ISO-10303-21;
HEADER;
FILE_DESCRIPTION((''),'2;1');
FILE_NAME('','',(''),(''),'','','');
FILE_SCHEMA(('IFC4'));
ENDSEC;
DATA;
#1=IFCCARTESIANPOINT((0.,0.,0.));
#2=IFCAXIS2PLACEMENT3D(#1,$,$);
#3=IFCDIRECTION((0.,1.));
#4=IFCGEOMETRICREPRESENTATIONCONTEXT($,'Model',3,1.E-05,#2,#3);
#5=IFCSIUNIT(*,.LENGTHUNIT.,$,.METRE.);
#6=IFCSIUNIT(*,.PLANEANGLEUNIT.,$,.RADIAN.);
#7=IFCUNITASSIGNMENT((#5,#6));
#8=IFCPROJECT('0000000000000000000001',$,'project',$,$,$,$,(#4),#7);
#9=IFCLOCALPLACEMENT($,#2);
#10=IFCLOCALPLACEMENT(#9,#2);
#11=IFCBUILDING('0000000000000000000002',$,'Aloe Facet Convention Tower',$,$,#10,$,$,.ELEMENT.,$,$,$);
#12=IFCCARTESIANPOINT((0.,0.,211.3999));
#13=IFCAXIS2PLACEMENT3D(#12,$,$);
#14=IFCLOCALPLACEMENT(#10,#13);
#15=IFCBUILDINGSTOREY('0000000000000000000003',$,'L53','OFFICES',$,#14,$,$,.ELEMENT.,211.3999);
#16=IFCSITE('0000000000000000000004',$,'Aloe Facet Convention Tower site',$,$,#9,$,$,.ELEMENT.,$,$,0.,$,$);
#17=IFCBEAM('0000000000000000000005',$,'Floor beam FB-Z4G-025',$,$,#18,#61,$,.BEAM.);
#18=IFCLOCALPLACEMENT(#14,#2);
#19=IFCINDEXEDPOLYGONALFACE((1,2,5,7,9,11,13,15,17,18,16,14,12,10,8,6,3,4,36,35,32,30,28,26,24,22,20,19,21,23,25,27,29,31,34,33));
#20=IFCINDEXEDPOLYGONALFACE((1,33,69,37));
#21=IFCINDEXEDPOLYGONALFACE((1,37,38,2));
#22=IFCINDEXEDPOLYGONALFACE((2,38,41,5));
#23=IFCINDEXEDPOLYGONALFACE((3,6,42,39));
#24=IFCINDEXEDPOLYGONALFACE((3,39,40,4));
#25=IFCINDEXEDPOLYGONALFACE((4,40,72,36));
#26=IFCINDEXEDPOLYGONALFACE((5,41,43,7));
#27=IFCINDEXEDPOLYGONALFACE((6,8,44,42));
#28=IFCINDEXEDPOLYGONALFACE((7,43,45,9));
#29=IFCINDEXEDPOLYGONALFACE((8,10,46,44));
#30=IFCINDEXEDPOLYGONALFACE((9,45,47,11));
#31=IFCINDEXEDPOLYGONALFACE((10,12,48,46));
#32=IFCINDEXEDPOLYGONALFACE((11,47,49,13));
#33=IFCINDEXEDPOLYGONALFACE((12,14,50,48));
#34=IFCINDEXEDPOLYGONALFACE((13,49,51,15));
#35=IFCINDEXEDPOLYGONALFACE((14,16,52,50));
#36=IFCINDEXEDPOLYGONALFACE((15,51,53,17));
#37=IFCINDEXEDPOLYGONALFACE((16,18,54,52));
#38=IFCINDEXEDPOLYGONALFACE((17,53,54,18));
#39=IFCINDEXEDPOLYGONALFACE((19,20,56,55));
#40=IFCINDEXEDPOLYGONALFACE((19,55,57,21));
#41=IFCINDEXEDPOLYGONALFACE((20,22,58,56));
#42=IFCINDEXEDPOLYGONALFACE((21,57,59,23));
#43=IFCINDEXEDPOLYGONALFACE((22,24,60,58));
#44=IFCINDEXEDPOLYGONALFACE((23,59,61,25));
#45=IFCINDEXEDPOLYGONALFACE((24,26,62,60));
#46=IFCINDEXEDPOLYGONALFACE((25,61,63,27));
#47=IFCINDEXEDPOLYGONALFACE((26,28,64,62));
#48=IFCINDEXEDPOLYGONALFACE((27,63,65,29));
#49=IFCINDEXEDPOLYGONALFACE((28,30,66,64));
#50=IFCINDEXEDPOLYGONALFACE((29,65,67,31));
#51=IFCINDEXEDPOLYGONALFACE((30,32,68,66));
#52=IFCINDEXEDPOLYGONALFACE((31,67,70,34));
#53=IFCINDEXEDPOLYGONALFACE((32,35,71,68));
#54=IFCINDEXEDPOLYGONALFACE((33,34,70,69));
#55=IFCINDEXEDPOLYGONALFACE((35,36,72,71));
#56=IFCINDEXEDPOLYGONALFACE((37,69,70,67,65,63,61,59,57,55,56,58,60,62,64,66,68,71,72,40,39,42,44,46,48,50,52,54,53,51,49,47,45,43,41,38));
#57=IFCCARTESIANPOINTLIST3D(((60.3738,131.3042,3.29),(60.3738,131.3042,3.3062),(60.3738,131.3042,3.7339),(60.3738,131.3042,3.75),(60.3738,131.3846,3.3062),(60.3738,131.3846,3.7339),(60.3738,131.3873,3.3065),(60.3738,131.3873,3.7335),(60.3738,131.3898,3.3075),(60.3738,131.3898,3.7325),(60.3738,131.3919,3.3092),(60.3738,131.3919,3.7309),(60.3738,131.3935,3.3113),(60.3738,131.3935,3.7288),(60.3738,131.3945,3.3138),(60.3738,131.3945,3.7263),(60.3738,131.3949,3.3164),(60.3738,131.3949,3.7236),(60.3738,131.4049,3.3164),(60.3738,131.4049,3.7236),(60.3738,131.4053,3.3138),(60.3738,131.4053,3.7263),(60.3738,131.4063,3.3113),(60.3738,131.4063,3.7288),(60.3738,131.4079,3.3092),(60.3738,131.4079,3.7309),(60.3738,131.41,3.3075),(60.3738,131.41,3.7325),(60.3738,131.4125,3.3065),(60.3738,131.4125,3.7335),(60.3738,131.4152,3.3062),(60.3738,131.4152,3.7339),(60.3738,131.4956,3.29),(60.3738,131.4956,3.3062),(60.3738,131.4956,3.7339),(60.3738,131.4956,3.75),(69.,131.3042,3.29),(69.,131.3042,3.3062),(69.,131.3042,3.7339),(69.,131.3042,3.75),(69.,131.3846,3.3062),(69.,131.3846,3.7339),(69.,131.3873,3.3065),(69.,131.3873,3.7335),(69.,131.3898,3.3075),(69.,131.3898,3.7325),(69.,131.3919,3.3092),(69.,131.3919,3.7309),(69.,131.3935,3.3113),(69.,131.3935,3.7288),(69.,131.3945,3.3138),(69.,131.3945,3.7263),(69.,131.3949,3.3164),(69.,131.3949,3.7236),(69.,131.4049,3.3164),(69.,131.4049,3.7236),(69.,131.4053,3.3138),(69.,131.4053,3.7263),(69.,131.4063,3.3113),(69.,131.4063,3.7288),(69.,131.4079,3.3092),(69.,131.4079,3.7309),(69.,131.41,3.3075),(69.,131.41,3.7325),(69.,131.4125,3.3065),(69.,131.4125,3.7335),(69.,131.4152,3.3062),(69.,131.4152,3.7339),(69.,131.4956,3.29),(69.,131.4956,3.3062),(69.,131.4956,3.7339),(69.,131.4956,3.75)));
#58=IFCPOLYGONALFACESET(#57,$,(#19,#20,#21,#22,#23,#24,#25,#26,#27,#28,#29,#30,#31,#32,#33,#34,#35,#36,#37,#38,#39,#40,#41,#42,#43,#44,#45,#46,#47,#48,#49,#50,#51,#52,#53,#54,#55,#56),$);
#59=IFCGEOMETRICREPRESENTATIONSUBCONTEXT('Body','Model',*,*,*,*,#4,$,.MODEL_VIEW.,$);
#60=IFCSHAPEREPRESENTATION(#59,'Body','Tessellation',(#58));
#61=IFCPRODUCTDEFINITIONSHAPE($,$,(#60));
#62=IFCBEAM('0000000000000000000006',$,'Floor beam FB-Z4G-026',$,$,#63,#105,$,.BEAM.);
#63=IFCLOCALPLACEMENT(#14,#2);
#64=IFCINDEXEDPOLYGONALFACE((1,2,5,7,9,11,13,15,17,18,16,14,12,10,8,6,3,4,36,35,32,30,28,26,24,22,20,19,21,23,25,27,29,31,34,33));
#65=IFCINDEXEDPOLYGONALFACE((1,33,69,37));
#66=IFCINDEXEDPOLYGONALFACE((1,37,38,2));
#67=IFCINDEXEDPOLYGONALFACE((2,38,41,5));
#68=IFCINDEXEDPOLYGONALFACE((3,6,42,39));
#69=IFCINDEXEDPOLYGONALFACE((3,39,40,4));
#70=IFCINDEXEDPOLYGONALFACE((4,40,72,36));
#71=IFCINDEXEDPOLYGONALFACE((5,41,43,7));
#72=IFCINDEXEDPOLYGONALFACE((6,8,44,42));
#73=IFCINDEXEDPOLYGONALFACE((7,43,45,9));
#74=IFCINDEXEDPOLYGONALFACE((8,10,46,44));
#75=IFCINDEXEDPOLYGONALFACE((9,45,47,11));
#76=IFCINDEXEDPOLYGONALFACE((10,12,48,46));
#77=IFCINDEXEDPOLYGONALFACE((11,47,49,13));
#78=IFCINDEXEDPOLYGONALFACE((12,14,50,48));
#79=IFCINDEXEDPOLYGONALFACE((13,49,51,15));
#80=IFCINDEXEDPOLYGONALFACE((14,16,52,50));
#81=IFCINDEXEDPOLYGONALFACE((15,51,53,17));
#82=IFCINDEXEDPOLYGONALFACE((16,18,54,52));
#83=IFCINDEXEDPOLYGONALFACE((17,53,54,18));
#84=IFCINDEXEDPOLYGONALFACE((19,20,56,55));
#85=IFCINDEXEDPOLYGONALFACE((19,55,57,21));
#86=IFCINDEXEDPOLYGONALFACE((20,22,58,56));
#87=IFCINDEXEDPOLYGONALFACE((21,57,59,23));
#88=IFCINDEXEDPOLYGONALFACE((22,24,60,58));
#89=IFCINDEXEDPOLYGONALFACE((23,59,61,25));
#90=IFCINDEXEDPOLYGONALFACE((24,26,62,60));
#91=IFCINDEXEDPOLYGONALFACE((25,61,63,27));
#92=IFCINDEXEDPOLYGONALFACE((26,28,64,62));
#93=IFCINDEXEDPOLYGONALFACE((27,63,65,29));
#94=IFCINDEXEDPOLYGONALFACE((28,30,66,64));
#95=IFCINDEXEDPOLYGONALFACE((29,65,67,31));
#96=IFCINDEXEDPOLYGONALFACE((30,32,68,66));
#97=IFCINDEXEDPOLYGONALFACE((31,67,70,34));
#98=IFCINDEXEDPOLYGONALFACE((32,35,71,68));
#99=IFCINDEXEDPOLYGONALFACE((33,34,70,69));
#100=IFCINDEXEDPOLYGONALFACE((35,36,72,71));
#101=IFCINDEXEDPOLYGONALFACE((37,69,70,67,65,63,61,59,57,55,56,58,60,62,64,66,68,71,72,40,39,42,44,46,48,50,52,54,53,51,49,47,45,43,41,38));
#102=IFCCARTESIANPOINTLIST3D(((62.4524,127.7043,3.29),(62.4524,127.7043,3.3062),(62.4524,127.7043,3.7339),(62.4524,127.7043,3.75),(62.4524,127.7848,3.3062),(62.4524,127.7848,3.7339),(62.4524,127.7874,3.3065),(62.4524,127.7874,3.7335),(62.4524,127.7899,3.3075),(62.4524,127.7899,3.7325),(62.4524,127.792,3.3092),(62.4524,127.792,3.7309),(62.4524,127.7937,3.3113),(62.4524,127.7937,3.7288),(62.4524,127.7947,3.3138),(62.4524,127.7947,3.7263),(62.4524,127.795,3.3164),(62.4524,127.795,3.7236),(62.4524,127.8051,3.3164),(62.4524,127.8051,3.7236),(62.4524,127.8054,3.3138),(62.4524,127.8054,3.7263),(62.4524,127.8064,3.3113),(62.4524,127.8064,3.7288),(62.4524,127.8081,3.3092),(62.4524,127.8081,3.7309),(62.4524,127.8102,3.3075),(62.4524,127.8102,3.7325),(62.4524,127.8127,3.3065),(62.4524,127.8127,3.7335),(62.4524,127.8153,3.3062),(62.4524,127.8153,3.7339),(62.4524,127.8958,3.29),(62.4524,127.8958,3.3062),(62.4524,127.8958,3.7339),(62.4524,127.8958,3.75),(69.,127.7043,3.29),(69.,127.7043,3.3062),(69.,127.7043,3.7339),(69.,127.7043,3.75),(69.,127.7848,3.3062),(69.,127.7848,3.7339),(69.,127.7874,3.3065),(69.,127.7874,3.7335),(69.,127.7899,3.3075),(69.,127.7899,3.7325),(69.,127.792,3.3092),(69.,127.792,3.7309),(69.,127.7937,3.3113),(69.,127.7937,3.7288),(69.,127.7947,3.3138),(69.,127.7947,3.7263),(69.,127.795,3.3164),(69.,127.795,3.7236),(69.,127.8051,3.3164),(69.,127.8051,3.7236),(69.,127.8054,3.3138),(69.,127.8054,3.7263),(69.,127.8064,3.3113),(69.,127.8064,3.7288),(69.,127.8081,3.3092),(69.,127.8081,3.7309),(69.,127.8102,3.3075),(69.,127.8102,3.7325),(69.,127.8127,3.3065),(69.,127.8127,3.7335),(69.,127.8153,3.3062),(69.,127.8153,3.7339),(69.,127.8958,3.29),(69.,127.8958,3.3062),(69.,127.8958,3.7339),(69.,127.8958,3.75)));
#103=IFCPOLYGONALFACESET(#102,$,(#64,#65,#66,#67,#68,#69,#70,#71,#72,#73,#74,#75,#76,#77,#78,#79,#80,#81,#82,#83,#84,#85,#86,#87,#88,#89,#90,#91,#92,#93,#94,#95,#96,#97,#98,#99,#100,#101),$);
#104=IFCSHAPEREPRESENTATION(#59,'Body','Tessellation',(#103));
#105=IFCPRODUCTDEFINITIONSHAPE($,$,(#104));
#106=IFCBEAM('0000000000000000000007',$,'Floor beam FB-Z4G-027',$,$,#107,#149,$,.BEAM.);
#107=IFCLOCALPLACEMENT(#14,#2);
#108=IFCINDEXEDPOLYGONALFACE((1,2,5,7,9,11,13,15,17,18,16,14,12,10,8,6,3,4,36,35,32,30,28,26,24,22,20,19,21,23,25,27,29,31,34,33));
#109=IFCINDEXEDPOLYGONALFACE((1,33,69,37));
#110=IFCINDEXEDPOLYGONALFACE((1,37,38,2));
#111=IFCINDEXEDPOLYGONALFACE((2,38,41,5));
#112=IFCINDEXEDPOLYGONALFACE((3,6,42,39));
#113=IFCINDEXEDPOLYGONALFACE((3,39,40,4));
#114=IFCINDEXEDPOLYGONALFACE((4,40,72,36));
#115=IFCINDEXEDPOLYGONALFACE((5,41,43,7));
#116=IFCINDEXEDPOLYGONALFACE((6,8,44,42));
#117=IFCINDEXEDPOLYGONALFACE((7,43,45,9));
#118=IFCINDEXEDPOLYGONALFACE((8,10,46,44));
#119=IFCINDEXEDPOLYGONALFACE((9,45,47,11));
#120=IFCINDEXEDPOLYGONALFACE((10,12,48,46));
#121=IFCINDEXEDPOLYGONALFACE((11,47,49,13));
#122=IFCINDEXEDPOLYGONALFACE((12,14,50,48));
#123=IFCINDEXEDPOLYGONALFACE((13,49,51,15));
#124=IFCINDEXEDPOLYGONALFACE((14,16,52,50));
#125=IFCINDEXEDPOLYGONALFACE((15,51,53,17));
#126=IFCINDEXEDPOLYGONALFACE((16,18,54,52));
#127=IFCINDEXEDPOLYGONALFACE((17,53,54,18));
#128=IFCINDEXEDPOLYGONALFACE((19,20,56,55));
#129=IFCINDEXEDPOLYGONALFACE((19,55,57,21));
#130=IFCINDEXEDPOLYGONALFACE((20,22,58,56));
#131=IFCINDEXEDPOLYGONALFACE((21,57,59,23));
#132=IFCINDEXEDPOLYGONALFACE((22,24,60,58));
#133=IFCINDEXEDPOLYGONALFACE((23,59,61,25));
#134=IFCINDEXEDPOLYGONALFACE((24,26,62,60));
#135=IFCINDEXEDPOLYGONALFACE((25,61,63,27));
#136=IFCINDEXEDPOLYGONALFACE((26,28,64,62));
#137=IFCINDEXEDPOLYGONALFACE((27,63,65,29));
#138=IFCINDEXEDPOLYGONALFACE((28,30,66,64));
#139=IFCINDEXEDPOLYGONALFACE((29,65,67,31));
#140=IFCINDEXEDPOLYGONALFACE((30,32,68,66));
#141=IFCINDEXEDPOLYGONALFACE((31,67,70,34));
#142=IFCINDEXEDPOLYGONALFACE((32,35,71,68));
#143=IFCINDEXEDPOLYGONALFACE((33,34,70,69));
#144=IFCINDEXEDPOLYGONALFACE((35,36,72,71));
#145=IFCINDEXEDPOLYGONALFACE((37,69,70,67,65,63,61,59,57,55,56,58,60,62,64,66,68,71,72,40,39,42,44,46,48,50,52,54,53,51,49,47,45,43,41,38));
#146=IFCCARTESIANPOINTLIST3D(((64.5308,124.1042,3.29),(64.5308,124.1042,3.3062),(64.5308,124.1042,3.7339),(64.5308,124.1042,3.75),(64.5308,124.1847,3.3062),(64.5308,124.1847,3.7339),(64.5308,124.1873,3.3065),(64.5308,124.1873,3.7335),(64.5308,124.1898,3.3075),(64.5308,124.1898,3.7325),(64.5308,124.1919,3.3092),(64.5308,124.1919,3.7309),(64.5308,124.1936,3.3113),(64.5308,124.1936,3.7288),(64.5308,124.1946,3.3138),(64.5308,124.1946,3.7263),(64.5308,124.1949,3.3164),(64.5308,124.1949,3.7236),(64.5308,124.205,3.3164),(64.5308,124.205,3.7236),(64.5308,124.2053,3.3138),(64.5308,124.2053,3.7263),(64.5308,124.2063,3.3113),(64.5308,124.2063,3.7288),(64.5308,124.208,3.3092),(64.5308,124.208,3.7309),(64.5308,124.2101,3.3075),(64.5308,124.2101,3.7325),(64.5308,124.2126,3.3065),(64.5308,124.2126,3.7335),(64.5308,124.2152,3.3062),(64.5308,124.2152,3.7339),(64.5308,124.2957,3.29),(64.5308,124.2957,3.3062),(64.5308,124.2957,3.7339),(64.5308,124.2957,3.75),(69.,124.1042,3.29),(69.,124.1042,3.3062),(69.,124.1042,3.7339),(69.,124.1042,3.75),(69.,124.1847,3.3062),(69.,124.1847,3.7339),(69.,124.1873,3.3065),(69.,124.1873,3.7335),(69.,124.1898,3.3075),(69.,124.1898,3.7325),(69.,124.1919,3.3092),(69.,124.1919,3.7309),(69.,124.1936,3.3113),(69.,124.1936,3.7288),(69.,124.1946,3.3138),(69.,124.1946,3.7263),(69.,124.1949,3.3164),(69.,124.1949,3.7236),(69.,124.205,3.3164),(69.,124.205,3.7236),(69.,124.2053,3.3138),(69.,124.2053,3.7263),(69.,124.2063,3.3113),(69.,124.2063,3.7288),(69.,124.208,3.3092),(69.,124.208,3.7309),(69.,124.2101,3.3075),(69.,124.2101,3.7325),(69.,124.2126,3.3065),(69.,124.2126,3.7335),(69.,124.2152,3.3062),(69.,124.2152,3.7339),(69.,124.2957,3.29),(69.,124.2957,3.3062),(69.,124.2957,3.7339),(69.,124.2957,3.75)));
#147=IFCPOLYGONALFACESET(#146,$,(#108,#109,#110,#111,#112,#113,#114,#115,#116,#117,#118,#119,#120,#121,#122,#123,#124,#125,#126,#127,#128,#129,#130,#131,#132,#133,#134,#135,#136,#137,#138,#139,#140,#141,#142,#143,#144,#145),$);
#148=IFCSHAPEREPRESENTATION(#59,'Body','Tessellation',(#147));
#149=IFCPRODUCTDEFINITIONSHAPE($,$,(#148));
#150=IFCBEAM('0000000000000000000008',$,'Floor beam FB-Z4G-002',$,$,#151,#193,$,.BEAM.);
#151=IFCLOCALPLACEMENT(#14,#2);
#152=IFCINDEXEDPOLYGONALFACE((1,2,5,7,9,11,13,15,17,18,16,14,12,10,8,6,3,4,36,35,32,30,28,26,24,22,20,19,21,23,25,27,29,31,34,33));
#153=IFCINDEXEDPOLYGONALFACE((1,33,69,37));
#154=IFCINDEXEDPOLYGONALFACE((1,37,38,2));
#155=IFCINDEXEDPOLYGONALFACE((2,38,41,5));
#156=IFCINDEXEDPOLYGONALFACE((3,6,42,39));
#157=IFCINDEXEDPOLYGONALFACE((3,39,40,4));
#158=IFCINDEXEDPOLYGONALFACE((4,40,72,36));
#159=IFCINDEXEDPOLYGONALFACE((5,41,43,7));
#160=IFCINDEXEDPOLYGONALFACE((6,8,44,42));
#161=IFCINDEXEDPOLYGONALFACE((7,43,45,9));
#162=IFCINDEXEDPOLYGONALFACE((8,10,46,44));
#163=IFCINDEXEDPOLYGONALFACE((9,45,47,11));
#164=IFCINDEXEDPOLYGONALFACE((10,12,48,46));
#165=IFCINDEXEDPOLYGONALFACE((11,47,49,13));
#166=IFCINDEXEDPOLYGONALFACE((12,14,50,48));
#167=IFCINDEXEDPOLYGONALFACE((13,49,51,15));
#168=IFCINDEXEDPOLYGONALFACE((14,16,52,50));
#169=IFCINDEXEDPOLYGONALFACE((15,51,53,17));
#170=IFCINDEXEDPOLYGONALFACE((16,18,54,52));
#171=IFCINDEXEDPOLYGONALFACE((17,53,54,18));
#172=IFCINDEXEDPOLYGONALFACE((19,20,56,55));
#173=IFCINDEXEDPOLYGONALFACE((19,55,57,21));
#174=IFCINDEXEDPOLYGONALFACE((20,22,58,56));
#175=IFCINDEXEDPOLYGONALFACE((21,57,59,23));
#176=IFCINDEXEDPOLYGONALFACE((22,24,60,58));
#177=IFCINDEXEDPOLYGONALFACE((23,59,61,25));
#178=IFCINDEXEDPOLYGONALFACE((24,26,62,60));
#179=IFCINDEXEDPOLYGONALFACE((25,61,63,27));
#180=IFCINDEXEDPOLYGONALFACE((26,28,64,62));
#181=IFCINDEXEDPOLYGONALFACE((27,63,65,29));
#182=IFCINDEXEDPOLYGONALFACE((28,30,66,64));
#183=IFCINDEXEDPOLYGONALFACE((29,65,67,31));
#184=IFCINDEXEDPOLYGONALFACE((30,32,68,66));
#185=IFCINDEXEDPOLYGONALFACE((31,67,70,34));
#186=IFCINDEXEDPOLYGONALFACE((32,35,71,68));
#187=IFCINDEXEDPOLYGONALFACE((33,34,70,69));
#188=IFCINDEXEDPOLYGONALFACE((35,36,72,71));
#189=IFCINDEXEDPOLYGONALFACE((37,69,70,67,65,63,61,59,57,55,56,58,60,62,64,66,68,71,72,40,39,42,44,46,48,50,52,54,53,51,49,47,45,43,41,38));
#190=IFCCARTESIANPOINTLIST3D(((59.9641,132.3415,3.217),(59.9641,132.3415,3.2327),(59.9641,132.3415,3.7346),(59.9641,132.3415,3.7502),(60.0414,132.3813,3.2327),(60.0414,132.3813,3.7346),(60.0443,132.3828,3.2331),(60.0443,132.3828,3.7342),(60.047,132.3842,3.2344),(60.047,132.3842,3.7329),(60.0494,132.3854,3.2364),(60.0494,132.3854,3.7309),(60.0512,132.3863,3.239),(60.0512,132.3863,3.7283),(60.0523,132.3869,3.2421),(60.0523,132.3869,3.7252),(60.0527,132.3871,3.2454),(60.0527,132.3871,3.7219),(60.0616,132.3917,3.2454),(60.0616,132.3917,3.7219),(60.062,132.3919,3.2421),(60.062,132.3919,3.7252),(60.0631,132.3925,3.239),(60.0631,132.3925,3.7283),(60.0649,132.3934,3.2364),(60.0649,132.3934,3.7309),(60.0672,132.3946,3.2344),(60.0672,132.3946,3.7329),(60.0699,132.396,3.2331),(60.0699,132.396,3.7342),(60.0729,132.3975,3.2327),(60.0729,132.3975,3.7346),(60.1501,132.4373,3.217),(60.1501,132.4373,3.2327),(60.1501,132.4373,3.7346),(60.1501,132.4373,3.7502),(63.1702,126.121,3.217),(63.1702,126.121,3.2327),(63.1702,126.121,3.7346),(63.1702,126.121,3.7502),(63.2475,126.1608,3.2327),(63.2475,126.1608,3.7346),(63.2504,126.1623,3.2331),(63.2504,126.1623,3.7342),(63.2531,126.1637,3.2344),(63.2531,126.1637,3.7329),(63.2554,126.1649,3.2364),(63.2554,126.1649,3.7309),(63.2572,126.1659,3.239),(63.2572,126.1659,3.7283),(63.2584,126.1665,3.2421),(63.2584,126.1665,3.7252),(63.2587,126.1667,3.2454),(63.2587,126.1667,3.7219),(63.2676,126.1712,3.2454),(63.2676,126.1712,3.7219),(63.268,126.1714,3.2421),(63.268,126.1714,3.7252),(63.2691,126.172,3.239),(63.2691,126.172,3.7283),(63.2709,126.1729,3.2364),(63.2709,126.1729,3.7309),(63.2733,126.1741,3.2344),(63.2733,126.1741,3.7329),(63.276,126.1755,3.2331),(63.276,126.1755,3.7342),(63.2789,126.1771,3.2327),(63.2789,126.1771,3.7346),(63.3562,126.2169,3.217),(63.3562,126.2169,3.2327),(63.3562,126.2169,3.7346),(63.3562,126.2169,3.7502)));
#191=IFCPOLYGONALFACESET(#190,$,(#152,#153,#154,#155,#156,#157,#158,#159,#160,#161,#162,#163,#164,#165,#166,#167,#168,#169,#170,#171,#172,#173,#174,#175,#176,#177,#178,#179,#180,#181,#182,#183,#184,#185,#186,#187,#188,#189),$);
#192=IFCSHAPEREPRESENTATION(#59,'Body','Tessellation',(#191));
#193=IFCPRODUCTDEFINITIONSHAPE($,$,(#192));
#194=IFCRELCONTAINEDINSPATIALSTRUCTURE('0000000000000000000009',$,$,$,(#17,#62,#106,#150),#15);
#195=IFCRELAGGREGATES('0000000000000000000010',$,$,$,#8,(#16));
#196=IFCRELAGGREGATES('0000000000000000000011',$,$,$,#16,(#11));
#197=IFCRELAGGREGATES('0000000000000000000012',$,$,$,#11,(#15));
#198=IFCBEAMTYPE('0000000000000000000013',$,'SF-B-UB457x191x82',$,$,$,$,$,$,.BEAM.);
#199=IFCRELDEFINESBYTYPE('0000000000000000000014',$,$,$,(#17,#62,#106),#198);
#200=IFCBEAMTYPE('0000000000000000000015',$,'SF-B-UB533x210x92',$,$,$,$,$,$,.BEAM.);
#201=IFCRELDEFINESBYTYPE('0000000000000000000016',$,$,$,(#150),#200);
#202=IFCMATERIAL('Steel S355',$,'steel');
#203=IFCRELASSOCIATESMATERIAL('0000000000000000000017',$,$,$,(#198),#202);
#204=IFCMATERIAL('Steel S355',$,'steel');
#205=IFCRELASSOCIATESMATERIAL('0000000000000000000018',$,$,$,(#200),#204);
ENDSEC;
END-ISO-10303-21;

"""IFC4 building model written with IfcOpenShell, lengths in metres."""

from ifc_helpers import new_model, si_unit, direction, frame, origin, origin_2d, place, context, subcontext, project, spatial, i_section, extrude, material, material_profile, profile_set, type_object, element, save


model = new_model("IFC4")

# Units and contexts
model_context = context("Model", 3, precision=1e-05, world=origin(), true_north=direction((0.0, 1.0)))
body_context = subcontext(model_context, "Body", "Model", "MODEL_VIEW")
ifc_project = project(units=[si_unit("LENGTHUNIT", "METRE"), si_unit("PLANEANGLEUNIT", "RADIAN")], contexts=[model_context])

# Site, building, storey
site_placement = place(None, origin())
site = spatial("IfcSite", under=ifc_project, at=site_placement, Name="Aloe Facet Convention Tower site", CompositionType="ELEMENT", RefElevation=0.0)
building_placement = place(site_placement, origin())
building = spatial("IfcBuilding", under=site, at=building_placement, Name="Aloe Facet Convention Tower", CompositionType="ELEMENT")
storey_placement = place(building_placement, frame((0.0, 0.0, 211.3999)))
storey = spatial("IfcBuildingStorey", under=building, at=storey_placement, Name="L53", Description="OFFICES", CompositionType="ELEMENT", Elevation=211.3999)

# Beams
ifc_material_1 = material(Name="Steel S355", Category="steel")
ifc_material_profile_1 = material_profile(ifc_material_1, i_section(OverallWidth=0.1914, OverallDepth=0.46, WebThickness=0.01, FlangeThickness=0.0161, FilletRadius=0.0103, at=origin_2d()), Name="UB 457x191x82")
ifc_profile_set_1 = profile_set([ifc_material_profile_1], Name="Steel S355")
beam_type_1 = type_object("IfcBeamType", Name="SF-B-UB457x191x82", PredefinedType="BEAM", material=ifc_profile_set_1)
beam_1_placement = place(storey_placement, frame((60.3738, 131.3999, 3.52), z_axis=(1.0, 0.0, 0.0), x_axis=(0.0, 1.0, 0.0)))
element("IfcBeam", 1, at=beam_1_placement, inside=storey, type_object=beam_type_1, Name="Floor beam FB-Z4G-025", PredefinedType="BEAM", context=body_context, shape_type="SweptSolid", body=[
    extrude(i_section(OverallWidth=0.1914, OverallDepth=0.46, WebThickness=0.01, FlangeThickness=0.0161, FilletRadius=0.0103, at=origin_2d()), origin(), (0.0, 0.0, 1.0), 8.6262),
])
beam_2_placement = place(storey_placement, frame((62.4524, 127.8, 3.52), z_axis=(1.0, 0.0, 0.0), x_axis=(0.0, 1.0, 0.0)))
element("IfcBeam", 2, at=beam_2_placement, inside=storey, type_object=beam_type_1, Name="Floor beam FB-Z4G-026", PredefinedType="BEAM", context=body_context, shape_type="SweptSolid", body=[
    extrude(i_section(OverallWidth=0.1914, OverallDepth=0.46, WebThickness=0.01, FlangeThickness=0.0161, FilletRadius=0.0103, at=origin_2d()), origin(), (0.0, 0.0, 1.0), 6.5476),
])
beam_3_placement = place(storey_placement, frame((64.5308, 124.2, 3.52), z_axis=(1.0, 0.0, 0.0), x_axis=(0.0, 1.0, 0.0)))
element("IfcBeam", 3, at=beam_3_placement, inside=storey, type_object=beam_type_1, Name="Floor beam FB-Z4G-027", PredefinedType="BEAM", context=body_context, shape_type="SweptSolid", body=[
    extrude(i_section(OverallWidth=0.1914, OverallDepth=0.46, WebThickness=0.01, FlangeThickness=0.0161, FilletRadius=0.0103, at=origin_2d()), origin(), (0.0, 0.0, 1.0), 4.4692),
])
ifc_material_2 = material(Name="Steel S355", Category="steel")
ifc_material_profile_2 = material_profile(ifc_material_2, i_section(OverallWidth=0.2092, OverallDepth=0.5332, WebThickness=0.01, FlangeThickness=0.0156, FilletRadius=0.0127, at=origin_2d()), Name="UB 533x210x92")
ifc_profile_set_2 = profile_set([ifc_material_profile_2], Name="Steel S355")
beam_type_2 = type_object("IfcBeamType", Name="SF-B-UB533x210x92", PredefinedType="BEAM", material=ifc_profile_set_2)
beam_4_placement = place(storey_placement, frame((63.2632, 126.1689, 3.4836), z_axis=(-0.458135, 0.888883, 0.0), x_axis=(-0.888883, -0.458135, 0.0)))
element("IfcBeam", 4, at=beam_4_placement, inside=storey, type_object=beam_type_2, Name="Floor beam FB-Z4G-002", PredefinedType="BEAM", context=body_context, shape_type="SweptSolid", body=[
    extrude(i_section(OverallWidth=0.2092, OverallDepth=0.5332, WebThickness=0.01, FlangeThickness=0.0156, FilletRadius=0.0127, at=origin_2d()), origin(), (0.0, 0.0, 1.0), 6.998),
])

save(model, "model.ifc")
